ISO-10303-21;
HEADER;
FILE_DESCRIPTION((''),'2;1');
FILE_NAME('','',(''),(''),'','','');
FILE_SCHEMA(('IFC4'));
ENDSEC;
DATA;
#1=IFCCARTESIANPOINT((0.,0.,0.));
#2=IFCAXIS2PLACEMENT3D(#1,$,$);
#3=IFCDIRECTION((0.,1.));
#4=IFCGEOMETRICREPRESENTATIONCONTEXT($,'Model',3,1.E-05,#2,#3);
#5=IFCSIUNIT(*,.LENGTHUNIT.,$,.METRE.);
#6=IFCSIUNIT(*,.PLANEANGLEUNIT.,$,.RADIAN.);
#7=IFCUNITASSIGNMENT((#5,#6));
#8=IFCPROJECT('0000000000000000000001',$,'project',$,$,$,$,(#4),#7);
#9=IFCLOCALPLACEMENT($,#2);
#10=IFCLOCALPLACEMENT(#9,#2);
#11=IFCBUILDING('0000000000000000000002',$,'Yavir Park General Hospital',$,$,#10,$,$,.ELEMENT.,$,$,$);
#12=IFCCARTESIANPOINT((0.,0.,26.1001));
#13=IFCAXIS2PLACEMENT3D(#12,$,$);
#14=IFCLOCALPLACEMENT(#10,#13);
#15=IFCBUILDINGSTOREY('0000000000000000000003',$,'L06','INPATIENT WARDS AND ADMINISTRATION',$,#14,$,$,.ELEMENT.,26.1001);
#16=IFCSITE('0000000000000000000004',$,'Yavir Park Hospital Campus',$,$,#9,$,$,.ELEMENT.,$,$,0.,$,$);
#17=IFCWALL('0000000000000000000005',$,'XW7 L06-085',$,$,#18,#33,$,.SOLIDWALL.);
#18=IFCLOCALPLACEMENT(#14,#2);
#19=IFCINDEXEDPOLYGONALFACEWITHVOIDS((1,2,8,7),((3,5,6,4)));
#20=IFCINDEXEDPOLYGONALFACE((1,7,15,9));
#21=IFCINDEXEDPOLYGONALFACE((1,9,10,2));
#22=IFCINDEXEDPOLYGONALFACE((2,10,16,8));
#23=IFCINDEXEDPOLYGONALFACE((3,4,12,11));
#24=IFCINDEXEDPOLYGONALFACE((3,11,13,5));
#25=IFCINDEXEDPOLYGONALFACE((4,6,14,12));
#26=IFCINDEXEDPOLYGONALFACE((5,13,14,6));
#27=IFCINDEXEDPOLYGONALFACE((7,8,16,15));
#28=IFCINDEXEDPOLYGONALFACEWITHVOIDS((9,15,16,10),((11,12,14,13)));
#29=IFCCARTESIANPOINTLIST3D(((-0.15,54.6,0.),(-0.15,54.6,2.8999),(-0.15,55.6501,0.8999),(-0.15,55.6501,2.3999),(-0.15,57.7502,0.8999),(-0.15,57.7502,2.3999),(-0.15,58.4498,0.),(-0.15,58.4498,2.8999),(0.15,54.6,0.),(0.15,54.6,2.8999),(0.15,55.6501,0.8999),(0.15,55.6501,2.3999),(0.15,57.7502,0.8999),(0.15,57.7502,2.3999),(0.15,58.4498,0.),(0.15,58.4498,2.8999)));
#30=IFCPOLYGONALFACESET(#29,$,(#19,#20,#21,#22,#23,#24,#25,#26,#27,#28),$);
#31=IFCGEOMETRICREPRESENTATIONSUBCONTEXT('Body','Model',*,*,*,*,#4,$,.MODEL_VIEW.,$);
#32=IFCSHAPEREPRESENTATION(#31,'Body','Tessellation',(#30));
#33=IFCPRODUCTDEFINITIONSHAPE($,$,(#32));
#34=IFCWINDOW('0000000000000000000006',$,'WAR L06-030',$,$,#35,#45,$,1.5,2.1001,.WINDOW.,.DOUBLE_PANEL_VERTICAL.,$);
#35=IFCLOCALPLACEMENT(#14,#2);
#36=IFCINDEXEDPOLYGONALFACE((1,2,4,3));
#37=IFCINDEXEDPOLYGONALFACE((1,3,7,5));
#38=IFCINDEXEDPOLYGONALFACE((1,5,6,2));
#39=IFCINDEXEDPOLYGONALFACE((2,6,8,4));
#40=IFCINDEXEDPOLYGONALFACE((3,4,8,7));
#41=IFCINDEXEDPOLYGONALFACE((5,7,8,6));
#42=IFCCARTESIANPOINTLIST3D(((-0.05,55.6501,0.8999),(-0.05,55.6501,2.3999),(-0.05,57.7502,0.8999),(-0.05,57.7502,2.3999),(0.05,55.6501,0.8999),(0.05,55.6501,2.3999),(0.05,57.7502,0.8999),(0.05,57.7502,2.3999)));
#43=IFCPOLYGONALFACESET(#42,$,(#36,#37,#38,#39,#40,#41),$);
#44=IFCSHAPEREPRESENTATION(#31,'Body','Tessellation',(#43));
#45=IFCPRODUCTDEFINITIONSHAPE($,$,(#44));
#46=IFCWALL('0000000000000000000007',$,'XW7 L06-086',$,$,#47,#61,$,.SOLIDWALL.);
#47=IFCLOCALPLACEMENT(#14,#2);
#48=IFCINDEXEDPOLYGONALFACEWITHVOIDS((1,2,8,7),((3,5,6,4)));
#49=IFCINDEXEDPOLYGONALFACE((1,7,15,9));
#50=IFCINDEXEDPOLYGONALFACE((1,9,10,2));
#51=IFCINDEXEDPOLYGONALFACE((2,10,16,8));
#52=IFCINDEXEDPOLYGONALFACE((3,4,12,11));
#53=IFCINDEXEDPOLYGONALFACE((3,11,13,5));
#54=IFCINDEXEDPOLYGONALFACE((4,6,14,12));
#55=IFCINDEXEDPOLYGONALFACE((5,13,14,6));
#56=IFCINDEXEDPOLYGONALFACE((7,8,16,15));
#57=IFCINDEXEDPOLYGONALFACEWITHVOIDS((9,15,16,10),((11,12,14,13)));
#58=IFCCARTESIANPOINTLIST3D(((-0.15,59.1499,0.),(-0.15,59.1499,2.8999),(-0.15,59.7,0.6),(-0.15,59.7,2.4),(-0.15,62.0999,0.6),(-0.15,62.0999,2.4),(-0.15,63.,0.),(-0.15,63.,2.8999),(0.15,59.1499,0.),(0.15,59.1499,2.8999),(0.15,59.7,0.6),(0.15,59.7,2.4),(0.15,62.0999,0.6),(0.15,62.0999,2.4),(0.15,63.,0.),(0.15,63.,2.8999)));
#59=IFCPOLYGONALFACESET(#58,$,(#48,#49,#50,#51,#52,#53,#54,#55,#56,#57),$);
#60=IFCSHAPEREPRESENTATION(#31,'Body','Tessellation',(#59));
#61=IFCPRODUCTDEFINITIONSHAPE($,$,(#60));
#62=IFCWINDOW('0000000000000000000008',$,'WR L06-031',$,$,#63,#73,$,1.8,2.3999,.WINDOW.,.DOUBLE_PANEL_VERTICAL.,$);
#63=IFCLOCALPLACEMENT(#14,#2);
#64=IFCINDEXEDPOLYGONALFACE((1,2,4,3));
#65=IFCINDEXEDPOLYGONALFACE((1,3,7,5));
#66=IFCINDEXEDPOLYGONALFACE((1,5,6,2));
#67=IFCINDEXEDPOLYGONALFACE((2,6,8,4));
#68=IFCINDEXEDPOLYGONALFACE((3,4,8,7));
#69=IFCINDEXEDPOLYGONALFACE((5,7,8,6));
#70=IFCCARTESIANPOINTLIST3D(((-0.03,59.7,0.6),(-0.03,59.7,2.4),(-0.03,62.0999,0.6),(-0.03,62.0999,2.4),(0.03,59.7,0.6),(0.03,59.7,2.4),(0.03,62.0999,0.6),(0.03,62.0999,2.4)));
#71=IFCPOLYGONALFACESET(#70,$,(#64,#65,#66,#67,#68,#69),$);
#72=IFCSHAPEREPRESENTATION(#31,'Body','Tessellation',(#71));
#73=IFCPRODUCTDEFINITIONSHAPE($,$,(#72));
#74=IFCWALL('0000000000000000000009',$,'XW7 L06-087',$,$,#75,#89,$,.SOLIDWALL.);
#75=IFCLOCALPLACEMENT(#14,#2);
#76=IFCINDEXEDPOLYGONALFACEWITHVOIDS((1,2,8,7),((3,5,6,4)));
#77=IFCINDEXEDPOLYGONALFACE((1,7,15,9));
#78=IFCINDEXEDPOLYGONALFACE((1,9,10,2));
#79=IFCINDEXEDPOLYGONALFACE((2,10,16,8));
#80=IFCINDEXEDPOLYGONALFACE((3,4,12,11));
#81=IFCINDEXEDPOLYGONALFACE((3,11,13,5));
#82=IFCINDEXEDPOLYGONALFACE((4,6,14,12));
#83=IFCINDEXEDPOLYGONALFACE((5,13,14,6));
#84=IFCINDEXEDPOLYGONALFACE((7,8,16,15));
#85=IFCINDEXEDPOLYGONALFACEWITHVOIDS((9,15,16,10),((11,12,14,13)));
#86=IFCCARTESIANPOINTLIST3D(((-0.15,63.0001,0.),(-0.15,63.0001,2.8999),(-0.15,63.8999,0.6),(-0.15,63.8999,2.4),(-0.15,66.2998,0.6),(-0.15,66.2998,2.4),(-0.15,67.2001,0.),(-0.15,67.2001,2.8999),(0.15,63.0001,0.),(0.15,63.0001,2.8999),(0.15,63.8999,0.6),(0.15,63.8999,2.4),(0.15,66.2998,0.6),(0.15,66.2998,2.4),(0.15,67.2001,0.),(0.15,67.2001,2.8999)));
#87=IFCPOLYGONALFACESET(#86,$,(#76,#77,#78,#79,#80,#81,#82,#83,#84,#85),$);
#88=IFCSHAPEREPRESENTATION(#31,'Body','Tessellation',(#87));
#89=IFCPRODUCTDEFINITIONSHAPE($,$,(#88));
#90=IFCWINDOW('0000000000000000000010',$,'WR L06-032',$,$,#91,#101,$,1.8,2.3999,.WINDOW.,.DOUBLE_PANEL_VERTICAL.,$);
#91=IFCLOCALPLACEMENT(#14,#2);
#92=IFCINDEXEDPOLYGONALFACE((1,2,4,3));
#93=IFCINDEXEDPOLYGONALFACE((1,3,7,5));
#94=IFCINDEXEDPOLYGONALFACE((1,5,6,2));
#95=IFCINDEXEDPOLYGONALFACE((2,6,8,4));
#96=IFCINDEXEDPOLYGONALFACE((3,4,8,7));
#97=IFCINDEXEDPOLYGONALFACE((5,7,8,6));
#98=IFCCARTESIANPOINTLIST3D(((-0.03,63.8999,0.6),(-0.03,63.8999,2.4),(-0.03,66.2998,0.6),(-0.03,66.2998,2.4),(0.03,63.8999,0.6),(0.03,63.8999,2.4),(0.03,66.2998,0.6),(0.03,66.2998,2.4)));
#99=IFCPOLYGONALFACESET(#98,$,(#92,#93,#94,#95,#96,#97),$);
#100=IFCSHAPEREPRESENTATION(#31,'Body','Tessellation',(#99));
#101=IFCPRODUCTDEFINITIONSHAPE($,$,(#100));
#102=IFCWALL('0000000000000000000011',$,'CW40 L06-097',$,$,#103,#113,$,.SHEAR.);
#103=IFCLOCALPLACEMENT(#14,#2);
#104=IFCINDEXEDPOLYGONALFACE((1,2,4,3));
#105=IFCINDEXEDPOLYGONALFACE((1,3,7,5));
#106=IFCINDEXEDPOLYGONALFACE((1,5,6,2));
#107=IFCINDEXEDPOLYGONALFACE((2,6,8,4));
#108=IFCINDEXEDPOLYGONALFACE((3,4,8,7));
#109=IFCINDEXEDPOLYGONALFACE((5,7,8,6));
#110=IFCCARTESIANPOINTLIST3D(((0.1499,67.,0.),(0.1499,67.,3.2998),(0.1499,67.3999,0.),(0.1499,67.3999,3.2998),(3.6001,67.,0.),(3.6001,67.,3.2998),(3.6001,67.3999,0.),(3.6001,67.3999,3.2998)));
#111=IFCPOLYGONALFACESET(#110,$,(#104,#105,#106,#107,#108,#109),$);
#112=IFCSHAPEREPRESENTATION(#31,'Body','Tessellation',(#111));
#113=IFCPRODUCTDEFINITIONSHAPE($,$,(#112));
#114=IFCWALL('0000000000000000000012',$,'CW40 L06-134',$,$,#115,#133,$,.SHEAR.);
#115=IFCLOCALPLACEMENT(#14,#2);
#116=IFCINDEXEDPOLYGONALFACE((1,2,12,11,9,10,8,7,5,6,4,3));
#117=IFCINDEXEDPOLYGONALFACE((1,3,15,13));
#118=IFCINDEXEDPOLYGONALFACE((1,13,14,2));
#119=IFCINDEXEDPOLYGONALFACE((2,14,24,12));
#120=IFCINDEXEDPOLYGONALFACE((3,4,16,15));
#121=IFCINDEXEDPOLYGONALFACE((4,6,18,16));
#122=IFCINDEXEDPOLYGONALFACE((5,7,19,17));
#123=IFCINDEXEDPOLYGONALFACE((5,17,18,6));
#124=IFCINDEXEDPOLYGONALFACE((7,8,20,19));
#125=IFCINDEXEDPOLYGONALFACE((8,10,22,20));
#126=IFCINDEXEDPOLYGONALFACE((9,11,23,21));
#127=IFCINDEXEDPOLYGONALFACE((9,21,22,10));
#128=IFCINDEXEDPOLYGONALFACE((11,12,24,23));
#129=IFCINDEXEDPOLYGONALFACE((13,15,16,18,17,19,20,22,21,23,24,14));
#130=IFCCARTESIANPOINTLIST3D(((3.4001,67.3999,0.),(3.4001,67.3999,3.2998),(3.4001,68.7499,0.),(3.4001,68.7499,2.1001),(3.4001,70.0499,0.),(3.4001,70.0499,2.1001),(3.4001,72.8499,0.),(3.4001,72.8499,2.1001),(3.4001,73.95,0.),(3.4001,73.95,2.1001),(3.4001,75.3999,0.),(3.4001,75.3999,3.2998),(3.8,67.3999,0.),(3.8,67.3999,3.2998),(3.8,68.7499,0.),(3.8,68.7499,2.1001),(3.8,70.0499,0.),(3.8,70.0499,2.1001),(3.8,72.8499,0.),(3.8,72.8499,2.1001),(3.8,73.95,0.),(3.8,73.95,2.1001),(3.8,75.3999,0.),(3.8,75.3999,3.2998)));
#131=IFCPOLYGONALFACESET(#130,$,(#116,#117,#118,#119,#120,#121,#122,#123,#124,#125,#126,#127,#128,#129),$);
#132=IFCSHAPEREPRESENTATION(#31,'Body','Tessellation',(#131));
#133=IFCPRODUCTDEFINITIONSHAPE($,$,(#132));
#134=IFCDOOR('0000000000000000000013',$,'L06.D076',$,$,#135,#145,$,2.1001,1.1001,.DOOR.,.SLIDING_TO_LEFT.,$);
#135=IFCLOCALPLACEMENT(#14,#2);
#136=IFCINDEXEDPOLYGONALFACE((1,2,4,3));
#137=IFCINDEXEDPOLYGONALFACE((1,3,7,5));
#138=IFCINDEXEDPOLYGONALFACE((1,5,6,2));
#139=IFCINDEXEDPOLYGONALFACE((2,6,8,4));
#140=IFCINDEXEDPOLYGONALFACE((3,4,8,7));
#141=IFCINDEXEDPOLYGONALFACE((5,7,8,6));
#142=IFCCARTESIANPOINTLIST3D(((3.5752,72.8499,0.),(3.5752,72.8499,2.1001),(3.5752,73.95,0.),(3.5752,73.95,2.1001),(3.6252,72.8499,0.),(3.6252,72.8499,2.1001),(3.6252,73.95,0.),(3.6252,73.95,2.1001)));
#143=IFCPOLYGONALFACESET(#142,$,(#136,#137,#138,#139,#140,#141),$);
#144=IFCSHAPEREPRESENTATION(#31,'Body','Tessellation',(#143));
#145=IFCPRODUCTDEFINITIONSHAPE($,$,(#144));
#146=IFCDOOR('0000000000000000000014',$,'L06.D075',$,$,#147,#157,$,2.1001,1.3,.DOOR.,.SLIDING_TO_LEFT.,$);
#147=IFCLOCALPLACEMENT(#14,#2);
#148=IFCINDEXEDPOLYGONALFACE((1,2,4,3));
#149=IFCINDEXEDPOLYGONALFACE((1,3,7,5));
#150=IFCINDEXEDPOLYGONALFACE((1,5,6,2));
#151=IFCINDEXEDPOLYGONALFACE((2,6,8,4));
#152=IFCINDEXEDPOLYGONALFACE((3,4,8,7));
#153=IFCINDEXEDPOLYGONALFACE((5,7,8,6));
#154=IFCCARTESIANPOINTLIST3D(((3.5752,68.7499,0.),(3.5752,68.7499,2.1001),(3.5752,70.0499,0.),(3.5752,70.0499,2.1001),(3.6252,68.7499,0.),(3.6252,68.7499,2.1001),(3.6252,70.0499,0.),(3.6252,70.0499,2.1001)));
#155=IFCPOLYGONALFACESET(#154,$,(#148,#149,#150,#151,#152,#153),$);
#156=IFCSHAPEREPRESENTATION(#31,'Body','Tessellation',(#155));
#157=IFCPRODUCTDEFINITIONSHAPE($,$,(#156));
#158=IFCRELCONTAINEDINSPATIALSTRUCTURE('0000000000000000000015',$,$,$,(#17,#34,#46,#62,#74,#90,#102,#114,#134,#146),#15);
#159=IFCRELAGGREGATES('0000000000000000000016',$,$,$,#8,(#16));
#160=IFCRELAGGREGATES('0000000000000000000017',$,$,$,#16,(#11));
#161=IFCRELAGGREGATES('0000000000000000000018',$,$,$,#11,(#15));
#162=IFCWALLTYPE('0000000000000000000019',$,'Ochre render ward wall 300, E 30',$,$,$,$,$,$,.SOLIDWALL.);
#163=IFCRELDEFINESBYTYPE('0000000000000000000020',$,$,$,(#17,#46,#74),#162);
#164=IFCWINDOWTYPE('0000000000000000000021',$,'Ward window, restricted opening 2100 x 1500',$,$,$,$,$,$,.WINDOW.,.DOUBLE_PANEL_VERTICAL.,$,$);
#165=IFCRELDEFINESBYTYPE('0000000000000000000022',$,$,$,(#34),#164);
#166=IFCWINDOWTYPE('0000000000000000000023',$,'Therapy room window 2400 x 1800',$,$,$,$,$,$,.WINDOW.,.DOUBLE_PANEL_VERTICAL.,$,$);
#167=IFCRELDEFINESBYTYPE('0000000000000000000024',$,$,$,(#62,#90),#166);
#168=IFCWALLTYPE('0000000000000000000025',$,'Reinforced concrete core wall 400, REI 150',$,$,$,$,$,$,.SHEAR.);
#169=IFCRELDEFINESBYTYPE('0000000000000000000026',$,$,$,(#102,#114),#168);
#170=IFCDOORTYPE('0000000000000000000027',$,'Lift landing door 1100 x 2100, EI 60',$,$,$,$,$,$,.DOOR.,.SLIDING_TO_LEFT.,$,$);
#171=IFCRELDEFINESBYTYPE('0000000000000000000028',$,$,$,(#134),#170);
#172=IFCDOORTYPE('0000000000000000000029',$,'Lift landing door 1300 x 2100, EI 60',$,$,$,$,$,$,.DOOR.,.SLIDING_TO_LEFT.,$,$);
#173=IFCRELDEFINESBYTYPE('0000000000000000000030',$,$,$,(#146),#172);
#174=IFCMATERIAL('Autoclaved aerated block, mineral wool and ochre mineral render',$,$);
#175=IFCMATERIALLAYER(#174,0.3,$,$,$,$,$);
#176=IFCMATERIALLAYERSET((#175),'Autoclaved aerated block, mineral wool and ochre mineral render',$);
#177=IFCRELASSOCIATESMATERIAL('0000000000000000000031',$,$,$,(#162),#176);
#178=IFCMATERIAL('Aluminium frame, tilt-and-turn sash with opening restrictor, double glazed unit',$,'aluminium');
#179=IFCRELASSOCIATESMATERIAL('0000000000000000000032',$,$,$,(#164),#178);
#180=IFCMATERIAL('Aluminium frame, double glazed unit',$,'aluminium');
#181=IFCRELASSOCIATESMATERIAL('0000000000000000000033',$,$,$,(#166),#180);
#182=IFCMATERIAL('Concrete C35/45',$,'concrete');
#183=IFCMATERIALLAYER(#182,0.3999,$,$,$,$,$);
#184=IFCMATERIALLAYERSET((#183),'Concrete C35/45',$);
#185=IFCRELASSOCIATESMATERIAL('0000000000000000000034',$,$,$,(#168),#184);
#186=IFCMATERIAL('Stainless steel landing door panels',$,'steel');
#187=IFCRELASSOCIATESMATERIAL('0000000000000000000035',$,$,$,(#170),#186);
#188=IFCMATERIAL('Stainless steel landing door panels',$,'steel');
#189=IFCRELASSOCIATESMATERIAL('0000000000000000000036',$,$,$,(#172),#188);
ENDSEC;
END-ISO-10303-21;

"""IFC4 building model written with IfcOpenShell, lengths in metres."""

from ifc_helpers import new_model, si_unit, direction, frame, frame_2d, origin, place, context, subcontext, project, spatial, rectangle, extrude, material, layer, layer_set, type_object, element, fill, save


model = new_model("IFC4")

# Units and contexts
model_context = context("Model", 3, precision=1e-05, world=origin(), true_north=direction((0.0, 1.0)))
body_context = subcontext(model_context, "Body", "Model", "MODEL_VIEW")
ifc_project = project(units=[si_unit("LENGTHUNIT", "METRE"), si_unit("PLANEANGLEUNIT", "RADIAN")], contexts=[model_context])

# Site, building, storey
site_placement = place(None, origin())
site = spatial("IfcSite", under=ifc_project, at=site_placement, Name="Yavir Park Hospital Campus", CompositionType="ELEMENT", RefElevation=0.0)
building_placement = place(site_placement, origin())
building = spatial("IfcBuilding", under=site, at=building_placement, Name="Yavir Park General Hospital", CompositionType="ELEMENT")
storey_placement = place(building_placement, frame((0.0, 0.0, 26.1001)))
storey = spatial("IfcBuildingStorey", under=building, at=storey_placement, Name="L06", Description="INPATIENT WARDS AND ADMINISTRATION", CompositionType="ELEMENT", Elevation=26.1001)

# Walls, openings, windows
ifc_material_1 = material(Name="Autoclaved aerated block, mineral wool and ochre mineral render")
ifc_layer_1 = layer(ifc_material_1, 0.3)
ifc_layer_set_1 = layer_set([ifc_layer_1], Name="Autoclaved aerated block, mineral wool and ochre mineral render")
wall_type_1 = type_object("IfcWallType", Name="Ochre render ward wall 300, E 30", PredefinedType="SOLIDWALL", material=ifc_layer_set_1)
wall_1_placement = place(storey_placement, frame((0.0, 54.6001, 0.0), z_axis=(0.0, 0.0, 1.0), x_axis=(0.0, 1.0, 0.0)))
wall_1 = element("IfcWall", 1, at=wall_1_placement, inside=storey, type_object=wall_type_1, Name="XW7 L06-085", PredefinedType="SOLIDWALL", context=body_context, shape_type="SweptSolid", body=[
    extrude(rectangle(XDim=3.8499, YDim=0.3, at=frame_2d((1.9248, 0.0))), origin(), (0.0, 0.0, 1.0), 2.8999),
])
opening_1_placement = place(wall_1_placement, frame((1.05, 0.0, 0.8999)))
opening_1 = element("IfcOpeningElement", 2, at=opening_1_placement, cuts=wall_1, PredefinedType="OPENING", context=body_context, shape_type="SweptSolid", body=[
    extrude(rectangle(XDim=2.1001, YDim=1.5, at=frame_2d((1.05, 0.75))), frame((0.0, 0.1599, 0.0), z_axis=(0.0, -1.0, 0.0), x_axis=(1.0, 0.0, 0.0)), (0.0, 0.0, 1.0), 0.3201),
])
ifc_material_2 = material(Name="Aluminium frame, tilt-and-turn sash with opening restrictor, double glazed unit", Category="aluminium")
window_type_1 = type_object("IfcWindowType", Name="Ward window, restricted opening 2100 x 1500", PartitioningType="DOUBLE_PANEL_VERTICAL", PredefinedType="WINDOW", material=ifc_material_2)
window_1_placement = place(opening_1_placement, origin())
window_1 = element("IfcWindow", 3, at=window_1_placement, inside=storey, type_object=window_type_1, Name="WAR L06-030", OverallHeight=1.5, OverallWidth=2.1001, PartitioningType="DOUBLE_PANEL_VERTICAL", PredefinedType="WINDOW", context=body_context, shape_type="SweptSolid", body=[
    extrude(rectangle(XDim=2.1001, YDim=1.5, at=frame_2d((1.05, 0.75))), frame((0.0, 0.05, 0.0), z_axis=(0.0, -1.0, 0.0), x_axis=(1.0, 0.0, 0.0)), (0.0, 0.0, 1.0), 0.1001),
])
fill(opening_1, window_1)
wall_2_placement = place(storey_placement, frame((0.0, 59.1499, 0.0), z_axis=(0.0, 0.0, 1.0), x_axis=(0.0, 1.0, 0.0)))
wall_2 = element("IfcWall", 4, at=wall_2_placement, inside=storey, type_object=wall_type_1, Name="XW7 L06-086", PredefinedType="SOLIDWALL", context=body_context, shape_type="SweptSolid", body=[
    extrude(rectangle(XDim=3.8501, YDim=0.3, at=frame_2d((1.925, 0.0))), origin(), (0.0, 0.0, 1.0), 2.8999),
])
opening_2_placement = place(wall_2_placement, frame((0.55, 0.0, 0.6001)))
opening_2 = element("IfcOpeningElement", 5, at=opening_2_placement, cuts=wall_2, PredefinedType="OPENING", context=body_context, shape_type="SweptSolid", body=[
    extrude(rectangle(XDim=2.3999, YDim=1.8, at=frame_2d((1.2, 0.8999))), frame((0.0, 0.1599, 0.0), z_axis=(0.0, -1.0, 0.0), x_axis=(1.0, 0.0, 0.0)), (0.0, 0.0, 1.0), 0.3201),
])
ifc_material_3 = material(Name="Aluminium frame, double glazed unit", Category="aluminium")
window_type_2 = type_object("IfcWindowType", Name="Therapy room window 2400 x 1800", PartitioningType="DOUBLE_PANEL_VERTICAL", PredefinedType="WINDOW", material=ifc_material_3)
window_2_placement = place(opening_2_placement, origin())
window_2 = element("IfcWindow", 6, at=window_2_placement, inside=storey, type_object=window_type_2, Name="WR L06-031", OverallHeight=1.8, OverallWidth=2.3999, PartitioningType="DOUBLE_PANEL_VERTICAL", PredefinedType="WINDOW", context=body_context, shape_type="SweptSolid", body=[
    extrude(rectangle(XDim=2.3999, YDim=1.8, at=frame_2d((1.2, 0.8999))), frame((0.0, 0.03, 0.0), z_axis=(0.0, -1.0, 0.0), x_axis=(1.0, 0.0, 0.0)), (0.0, 0.0, 1.0), 0.0601),
])
fill(opening_2, window_2)
wall_3_placement = place(storey_placement, frame((0.0, 63.0, 0.0), z_axis=(0.0, 0.0, 1.0), x_axis=(0.0, 1.0, 0.0)))
wall_3 = element("IfcWall", 7, at=wall_3_placement, inside=storey, type_object=wall_type_1, Name="XW7 L06-087", PredefinedType="SOLIDWALL", context=body_context, shape_type="SweptSolid", body=[
    extrude(rectangle(XDim=4.2, YDim=0.3, at=frame_2d((2.1001, 0.0))), origin(), (0.0, 0.0, 1.0), 2.8999),
])
opening_3_placement = place(wall_3_placement, frame((0.8999, 0.0, 0.6001)))
opening_3 = element("IfcOpeningElement", 8, at=opening_3_placement, cuts=wall_3, PredefinedType="OPENING", context=body_context, shape_type="SweptSolid", body=[
    extrude(rectangle(XDim=2.3999, YDim=1.8, at=frame_2d((1.2, 0.8999))), frame((0.0, 0.1599, 0.0), z_axis=(0.0, -1.0, 0.0), x_axis=(1.0, 0.0, 0.0)), (0.0, 0.0, 1.0), 0.3201),
])
window_3_placement = place(opening_3_placement, origin())
window_3 = element("IfcWindow", 9, at=window_3_placement, inside=storey, type_object=window_type_2, Name="WR L06-032", OverallHeight=1.8, OverallWidth=2.3999, PartitioningType="DOUBLE_PANEL_VERTICAL", PredefinedType="WINDOW", context=body_context, shape_type="SweptSolid", body=[
    extrude(rectangle(XDim=2.3999, YDim=1.8, at=frame_2d((1.2, 0.8999))), frame((0.0, 0.03, 0.0), z_axis=(0.0, -1.0, 0.0), x_axis=(1.0, 0.0, 0.0)), (0.0, 0.0, 1.0), 0.0601),
])
fill(opening_3, window_3)

# Wall
ifc_material_4 = material(Name="Concrete C35/45", Category="concrete")
ifc_layer_2 = layer(ifc_material_4, 0.3999)
ifc_layer_set_2 = layer_set([ifc_layer_2], Name="Concrete C35/45")
wall_type_2 = type_object("IfcWallType", Name="Reinforced concrete core wall 400, REI 150", PredefinedType="SHEAR", material=ifc_layer_set_2)
wall_4_placement = place(storey_placement, frame((0.1499, 67.2, 0.0), z_axis=(0.0, 0.0, 1.0), x_axis=(1.0, 0.0, 0.0)))
element("IfcWall", 10, at=wall_4_placement, inside=storey, type_object=wall_type_2, Name="CW40 L06-097", PredefinedType="SHEAR", context=body_context, shape_type="SweptSolid", body=[
    extrude(rectangle(XDim=3.4502, YDim=0.3999, at=frame_2d((1.7251, 0.0))), origin(), (0.0, 0.0, 1.0), 3.2998),
])

# Wall, openings, doors
wall_5_placement = place(storey_placement, frame((3.6001, 67.3999, 0.0), z_axis=(0.0, 0.0, 1.0), x_axis=(0.0, 1.0, 0.0)))
wall_5 = element("IfcWall", 11, at=wall_5_placement, inside=storey, type_object=wall_type_2, Name="CW40 L06-134", PredefinedType="SHEAR", context=body_context, shape_type="SweptSolid", body=[
    extrude(rectangle(XDim=8.0, YDim=0.3999, at=frame_2d((4.0, 0.0))), origin(), (0.0, 0.0, 1.0), 3.2998),
])
opening_4_placement = place(wall_5_placement, frame((1.3501, 0.0, 0.0)))
opening_4 = element("IfcOpeningElement", 12, at=opening_4_placement, cuts=wall_5, PredefinedType="OPENING", context=body_context, shape_type="SweptSolid", body=[
    extrude(rectangle(XDim=1.3, YDim=2.1001, at=frame_2d((0.6499, 1.05))), frame((0.0, 0.21, 0.0), z_axis=(0.0, -1.0, 0.0), x_axis=(1.0, 0.0, 0.0)), (0.0, 0.0, 1.0), 0.4199),
])
opening_5_placement = place(wall_5_placement, frame((5.45, 0.0, 0.0)))
opening_5 = element("IfcOpeningElement", 13, at=opening_5_placement, cuts=wall_5, PredefinedType="OPENING", context=body_context, shape_type="SweptSolid", body=[
    extrude(rectangle(XDim=1.1001, YDim=2.1001, at=frame_2d((0.55, 1.05))), frame((0.0, 0.21, 0.0), z_axis=(0.0, -1.0, 0.0), x_axis=(1.0, 0.0, 0.0)), (0.0, 0.0, 1.0), 0.4199),
])
ifc_material_5 = material(Name="Stainless steel landing door panels", Category="steel")
door_type_1 = type_object("IfcDoorType", Name="Lift landing door 1100 x 2100, EI 60", OperationType="SLIDING_TO_LEFT", PredefinedType="DOOR", material=ifc_material_5)
door_1_placement = place(opening_5_placement, origin())
door_1 = element("IfcDoor", 14, at=door_1_placement, inside=storey, type_object=door_type_1, Name="L06.D076", OperationType="SLIDING_TO_LEFT", OverallHeight=2.1001, OverallWidth=1.1001, PredefinedType="DOOR", context=body_context, shape_type="SweptSolid", body=[
    extrude(rectangle(XDim=1.1001, YDim=2.1001, at=frame_2d((0.55, 1.05))), frame((0.0, 0.0249, 0.0), z_axis=(0.0, -1.0, 0.0), x_axis=(1.0, 0.0, 0.0)), (0.0, 0.0, 1.0), 0.05),
])
fill(opening_5, door_1)
ifc_material_6 = material(Name="Stainless steel landing door panels", Category="steel")
door_type_2 = type_object("IfcDoorType", Name="Lift landing door 1300 x 2100, EI 60", OperationType="SLIDING_TO_LEFT", PredefinedType="DOOR", material=ifc_material_6)
door_2_placement = place(opening_4_placement, origin())
door_2 = element("IfcDoor", 15, at=door_2_placement, inside=storey, type_object=door_type_2, Name="L06.D075", OperationType="SLIDING_TO_LEFT", OverallHeight=2.1001, OverallWidth=1.3, PredefinedType="DOOR", context=body_context, shape_type="SweptSolid", body=[
    extrude(rectangle(XDim=1.3, YDim=2.1001, at=frame_2d((0.6499, 1.05))), frame((0.0, 0.0249, 0.0), z_axis=(0.0, -1.0, 0.0), x_axis=(1.0, 0.0, 0.0)), (0.0, 0.0, 1.0), 0.05),
])
fill(opening_4, door_2)

save(model, "model.ifc")
